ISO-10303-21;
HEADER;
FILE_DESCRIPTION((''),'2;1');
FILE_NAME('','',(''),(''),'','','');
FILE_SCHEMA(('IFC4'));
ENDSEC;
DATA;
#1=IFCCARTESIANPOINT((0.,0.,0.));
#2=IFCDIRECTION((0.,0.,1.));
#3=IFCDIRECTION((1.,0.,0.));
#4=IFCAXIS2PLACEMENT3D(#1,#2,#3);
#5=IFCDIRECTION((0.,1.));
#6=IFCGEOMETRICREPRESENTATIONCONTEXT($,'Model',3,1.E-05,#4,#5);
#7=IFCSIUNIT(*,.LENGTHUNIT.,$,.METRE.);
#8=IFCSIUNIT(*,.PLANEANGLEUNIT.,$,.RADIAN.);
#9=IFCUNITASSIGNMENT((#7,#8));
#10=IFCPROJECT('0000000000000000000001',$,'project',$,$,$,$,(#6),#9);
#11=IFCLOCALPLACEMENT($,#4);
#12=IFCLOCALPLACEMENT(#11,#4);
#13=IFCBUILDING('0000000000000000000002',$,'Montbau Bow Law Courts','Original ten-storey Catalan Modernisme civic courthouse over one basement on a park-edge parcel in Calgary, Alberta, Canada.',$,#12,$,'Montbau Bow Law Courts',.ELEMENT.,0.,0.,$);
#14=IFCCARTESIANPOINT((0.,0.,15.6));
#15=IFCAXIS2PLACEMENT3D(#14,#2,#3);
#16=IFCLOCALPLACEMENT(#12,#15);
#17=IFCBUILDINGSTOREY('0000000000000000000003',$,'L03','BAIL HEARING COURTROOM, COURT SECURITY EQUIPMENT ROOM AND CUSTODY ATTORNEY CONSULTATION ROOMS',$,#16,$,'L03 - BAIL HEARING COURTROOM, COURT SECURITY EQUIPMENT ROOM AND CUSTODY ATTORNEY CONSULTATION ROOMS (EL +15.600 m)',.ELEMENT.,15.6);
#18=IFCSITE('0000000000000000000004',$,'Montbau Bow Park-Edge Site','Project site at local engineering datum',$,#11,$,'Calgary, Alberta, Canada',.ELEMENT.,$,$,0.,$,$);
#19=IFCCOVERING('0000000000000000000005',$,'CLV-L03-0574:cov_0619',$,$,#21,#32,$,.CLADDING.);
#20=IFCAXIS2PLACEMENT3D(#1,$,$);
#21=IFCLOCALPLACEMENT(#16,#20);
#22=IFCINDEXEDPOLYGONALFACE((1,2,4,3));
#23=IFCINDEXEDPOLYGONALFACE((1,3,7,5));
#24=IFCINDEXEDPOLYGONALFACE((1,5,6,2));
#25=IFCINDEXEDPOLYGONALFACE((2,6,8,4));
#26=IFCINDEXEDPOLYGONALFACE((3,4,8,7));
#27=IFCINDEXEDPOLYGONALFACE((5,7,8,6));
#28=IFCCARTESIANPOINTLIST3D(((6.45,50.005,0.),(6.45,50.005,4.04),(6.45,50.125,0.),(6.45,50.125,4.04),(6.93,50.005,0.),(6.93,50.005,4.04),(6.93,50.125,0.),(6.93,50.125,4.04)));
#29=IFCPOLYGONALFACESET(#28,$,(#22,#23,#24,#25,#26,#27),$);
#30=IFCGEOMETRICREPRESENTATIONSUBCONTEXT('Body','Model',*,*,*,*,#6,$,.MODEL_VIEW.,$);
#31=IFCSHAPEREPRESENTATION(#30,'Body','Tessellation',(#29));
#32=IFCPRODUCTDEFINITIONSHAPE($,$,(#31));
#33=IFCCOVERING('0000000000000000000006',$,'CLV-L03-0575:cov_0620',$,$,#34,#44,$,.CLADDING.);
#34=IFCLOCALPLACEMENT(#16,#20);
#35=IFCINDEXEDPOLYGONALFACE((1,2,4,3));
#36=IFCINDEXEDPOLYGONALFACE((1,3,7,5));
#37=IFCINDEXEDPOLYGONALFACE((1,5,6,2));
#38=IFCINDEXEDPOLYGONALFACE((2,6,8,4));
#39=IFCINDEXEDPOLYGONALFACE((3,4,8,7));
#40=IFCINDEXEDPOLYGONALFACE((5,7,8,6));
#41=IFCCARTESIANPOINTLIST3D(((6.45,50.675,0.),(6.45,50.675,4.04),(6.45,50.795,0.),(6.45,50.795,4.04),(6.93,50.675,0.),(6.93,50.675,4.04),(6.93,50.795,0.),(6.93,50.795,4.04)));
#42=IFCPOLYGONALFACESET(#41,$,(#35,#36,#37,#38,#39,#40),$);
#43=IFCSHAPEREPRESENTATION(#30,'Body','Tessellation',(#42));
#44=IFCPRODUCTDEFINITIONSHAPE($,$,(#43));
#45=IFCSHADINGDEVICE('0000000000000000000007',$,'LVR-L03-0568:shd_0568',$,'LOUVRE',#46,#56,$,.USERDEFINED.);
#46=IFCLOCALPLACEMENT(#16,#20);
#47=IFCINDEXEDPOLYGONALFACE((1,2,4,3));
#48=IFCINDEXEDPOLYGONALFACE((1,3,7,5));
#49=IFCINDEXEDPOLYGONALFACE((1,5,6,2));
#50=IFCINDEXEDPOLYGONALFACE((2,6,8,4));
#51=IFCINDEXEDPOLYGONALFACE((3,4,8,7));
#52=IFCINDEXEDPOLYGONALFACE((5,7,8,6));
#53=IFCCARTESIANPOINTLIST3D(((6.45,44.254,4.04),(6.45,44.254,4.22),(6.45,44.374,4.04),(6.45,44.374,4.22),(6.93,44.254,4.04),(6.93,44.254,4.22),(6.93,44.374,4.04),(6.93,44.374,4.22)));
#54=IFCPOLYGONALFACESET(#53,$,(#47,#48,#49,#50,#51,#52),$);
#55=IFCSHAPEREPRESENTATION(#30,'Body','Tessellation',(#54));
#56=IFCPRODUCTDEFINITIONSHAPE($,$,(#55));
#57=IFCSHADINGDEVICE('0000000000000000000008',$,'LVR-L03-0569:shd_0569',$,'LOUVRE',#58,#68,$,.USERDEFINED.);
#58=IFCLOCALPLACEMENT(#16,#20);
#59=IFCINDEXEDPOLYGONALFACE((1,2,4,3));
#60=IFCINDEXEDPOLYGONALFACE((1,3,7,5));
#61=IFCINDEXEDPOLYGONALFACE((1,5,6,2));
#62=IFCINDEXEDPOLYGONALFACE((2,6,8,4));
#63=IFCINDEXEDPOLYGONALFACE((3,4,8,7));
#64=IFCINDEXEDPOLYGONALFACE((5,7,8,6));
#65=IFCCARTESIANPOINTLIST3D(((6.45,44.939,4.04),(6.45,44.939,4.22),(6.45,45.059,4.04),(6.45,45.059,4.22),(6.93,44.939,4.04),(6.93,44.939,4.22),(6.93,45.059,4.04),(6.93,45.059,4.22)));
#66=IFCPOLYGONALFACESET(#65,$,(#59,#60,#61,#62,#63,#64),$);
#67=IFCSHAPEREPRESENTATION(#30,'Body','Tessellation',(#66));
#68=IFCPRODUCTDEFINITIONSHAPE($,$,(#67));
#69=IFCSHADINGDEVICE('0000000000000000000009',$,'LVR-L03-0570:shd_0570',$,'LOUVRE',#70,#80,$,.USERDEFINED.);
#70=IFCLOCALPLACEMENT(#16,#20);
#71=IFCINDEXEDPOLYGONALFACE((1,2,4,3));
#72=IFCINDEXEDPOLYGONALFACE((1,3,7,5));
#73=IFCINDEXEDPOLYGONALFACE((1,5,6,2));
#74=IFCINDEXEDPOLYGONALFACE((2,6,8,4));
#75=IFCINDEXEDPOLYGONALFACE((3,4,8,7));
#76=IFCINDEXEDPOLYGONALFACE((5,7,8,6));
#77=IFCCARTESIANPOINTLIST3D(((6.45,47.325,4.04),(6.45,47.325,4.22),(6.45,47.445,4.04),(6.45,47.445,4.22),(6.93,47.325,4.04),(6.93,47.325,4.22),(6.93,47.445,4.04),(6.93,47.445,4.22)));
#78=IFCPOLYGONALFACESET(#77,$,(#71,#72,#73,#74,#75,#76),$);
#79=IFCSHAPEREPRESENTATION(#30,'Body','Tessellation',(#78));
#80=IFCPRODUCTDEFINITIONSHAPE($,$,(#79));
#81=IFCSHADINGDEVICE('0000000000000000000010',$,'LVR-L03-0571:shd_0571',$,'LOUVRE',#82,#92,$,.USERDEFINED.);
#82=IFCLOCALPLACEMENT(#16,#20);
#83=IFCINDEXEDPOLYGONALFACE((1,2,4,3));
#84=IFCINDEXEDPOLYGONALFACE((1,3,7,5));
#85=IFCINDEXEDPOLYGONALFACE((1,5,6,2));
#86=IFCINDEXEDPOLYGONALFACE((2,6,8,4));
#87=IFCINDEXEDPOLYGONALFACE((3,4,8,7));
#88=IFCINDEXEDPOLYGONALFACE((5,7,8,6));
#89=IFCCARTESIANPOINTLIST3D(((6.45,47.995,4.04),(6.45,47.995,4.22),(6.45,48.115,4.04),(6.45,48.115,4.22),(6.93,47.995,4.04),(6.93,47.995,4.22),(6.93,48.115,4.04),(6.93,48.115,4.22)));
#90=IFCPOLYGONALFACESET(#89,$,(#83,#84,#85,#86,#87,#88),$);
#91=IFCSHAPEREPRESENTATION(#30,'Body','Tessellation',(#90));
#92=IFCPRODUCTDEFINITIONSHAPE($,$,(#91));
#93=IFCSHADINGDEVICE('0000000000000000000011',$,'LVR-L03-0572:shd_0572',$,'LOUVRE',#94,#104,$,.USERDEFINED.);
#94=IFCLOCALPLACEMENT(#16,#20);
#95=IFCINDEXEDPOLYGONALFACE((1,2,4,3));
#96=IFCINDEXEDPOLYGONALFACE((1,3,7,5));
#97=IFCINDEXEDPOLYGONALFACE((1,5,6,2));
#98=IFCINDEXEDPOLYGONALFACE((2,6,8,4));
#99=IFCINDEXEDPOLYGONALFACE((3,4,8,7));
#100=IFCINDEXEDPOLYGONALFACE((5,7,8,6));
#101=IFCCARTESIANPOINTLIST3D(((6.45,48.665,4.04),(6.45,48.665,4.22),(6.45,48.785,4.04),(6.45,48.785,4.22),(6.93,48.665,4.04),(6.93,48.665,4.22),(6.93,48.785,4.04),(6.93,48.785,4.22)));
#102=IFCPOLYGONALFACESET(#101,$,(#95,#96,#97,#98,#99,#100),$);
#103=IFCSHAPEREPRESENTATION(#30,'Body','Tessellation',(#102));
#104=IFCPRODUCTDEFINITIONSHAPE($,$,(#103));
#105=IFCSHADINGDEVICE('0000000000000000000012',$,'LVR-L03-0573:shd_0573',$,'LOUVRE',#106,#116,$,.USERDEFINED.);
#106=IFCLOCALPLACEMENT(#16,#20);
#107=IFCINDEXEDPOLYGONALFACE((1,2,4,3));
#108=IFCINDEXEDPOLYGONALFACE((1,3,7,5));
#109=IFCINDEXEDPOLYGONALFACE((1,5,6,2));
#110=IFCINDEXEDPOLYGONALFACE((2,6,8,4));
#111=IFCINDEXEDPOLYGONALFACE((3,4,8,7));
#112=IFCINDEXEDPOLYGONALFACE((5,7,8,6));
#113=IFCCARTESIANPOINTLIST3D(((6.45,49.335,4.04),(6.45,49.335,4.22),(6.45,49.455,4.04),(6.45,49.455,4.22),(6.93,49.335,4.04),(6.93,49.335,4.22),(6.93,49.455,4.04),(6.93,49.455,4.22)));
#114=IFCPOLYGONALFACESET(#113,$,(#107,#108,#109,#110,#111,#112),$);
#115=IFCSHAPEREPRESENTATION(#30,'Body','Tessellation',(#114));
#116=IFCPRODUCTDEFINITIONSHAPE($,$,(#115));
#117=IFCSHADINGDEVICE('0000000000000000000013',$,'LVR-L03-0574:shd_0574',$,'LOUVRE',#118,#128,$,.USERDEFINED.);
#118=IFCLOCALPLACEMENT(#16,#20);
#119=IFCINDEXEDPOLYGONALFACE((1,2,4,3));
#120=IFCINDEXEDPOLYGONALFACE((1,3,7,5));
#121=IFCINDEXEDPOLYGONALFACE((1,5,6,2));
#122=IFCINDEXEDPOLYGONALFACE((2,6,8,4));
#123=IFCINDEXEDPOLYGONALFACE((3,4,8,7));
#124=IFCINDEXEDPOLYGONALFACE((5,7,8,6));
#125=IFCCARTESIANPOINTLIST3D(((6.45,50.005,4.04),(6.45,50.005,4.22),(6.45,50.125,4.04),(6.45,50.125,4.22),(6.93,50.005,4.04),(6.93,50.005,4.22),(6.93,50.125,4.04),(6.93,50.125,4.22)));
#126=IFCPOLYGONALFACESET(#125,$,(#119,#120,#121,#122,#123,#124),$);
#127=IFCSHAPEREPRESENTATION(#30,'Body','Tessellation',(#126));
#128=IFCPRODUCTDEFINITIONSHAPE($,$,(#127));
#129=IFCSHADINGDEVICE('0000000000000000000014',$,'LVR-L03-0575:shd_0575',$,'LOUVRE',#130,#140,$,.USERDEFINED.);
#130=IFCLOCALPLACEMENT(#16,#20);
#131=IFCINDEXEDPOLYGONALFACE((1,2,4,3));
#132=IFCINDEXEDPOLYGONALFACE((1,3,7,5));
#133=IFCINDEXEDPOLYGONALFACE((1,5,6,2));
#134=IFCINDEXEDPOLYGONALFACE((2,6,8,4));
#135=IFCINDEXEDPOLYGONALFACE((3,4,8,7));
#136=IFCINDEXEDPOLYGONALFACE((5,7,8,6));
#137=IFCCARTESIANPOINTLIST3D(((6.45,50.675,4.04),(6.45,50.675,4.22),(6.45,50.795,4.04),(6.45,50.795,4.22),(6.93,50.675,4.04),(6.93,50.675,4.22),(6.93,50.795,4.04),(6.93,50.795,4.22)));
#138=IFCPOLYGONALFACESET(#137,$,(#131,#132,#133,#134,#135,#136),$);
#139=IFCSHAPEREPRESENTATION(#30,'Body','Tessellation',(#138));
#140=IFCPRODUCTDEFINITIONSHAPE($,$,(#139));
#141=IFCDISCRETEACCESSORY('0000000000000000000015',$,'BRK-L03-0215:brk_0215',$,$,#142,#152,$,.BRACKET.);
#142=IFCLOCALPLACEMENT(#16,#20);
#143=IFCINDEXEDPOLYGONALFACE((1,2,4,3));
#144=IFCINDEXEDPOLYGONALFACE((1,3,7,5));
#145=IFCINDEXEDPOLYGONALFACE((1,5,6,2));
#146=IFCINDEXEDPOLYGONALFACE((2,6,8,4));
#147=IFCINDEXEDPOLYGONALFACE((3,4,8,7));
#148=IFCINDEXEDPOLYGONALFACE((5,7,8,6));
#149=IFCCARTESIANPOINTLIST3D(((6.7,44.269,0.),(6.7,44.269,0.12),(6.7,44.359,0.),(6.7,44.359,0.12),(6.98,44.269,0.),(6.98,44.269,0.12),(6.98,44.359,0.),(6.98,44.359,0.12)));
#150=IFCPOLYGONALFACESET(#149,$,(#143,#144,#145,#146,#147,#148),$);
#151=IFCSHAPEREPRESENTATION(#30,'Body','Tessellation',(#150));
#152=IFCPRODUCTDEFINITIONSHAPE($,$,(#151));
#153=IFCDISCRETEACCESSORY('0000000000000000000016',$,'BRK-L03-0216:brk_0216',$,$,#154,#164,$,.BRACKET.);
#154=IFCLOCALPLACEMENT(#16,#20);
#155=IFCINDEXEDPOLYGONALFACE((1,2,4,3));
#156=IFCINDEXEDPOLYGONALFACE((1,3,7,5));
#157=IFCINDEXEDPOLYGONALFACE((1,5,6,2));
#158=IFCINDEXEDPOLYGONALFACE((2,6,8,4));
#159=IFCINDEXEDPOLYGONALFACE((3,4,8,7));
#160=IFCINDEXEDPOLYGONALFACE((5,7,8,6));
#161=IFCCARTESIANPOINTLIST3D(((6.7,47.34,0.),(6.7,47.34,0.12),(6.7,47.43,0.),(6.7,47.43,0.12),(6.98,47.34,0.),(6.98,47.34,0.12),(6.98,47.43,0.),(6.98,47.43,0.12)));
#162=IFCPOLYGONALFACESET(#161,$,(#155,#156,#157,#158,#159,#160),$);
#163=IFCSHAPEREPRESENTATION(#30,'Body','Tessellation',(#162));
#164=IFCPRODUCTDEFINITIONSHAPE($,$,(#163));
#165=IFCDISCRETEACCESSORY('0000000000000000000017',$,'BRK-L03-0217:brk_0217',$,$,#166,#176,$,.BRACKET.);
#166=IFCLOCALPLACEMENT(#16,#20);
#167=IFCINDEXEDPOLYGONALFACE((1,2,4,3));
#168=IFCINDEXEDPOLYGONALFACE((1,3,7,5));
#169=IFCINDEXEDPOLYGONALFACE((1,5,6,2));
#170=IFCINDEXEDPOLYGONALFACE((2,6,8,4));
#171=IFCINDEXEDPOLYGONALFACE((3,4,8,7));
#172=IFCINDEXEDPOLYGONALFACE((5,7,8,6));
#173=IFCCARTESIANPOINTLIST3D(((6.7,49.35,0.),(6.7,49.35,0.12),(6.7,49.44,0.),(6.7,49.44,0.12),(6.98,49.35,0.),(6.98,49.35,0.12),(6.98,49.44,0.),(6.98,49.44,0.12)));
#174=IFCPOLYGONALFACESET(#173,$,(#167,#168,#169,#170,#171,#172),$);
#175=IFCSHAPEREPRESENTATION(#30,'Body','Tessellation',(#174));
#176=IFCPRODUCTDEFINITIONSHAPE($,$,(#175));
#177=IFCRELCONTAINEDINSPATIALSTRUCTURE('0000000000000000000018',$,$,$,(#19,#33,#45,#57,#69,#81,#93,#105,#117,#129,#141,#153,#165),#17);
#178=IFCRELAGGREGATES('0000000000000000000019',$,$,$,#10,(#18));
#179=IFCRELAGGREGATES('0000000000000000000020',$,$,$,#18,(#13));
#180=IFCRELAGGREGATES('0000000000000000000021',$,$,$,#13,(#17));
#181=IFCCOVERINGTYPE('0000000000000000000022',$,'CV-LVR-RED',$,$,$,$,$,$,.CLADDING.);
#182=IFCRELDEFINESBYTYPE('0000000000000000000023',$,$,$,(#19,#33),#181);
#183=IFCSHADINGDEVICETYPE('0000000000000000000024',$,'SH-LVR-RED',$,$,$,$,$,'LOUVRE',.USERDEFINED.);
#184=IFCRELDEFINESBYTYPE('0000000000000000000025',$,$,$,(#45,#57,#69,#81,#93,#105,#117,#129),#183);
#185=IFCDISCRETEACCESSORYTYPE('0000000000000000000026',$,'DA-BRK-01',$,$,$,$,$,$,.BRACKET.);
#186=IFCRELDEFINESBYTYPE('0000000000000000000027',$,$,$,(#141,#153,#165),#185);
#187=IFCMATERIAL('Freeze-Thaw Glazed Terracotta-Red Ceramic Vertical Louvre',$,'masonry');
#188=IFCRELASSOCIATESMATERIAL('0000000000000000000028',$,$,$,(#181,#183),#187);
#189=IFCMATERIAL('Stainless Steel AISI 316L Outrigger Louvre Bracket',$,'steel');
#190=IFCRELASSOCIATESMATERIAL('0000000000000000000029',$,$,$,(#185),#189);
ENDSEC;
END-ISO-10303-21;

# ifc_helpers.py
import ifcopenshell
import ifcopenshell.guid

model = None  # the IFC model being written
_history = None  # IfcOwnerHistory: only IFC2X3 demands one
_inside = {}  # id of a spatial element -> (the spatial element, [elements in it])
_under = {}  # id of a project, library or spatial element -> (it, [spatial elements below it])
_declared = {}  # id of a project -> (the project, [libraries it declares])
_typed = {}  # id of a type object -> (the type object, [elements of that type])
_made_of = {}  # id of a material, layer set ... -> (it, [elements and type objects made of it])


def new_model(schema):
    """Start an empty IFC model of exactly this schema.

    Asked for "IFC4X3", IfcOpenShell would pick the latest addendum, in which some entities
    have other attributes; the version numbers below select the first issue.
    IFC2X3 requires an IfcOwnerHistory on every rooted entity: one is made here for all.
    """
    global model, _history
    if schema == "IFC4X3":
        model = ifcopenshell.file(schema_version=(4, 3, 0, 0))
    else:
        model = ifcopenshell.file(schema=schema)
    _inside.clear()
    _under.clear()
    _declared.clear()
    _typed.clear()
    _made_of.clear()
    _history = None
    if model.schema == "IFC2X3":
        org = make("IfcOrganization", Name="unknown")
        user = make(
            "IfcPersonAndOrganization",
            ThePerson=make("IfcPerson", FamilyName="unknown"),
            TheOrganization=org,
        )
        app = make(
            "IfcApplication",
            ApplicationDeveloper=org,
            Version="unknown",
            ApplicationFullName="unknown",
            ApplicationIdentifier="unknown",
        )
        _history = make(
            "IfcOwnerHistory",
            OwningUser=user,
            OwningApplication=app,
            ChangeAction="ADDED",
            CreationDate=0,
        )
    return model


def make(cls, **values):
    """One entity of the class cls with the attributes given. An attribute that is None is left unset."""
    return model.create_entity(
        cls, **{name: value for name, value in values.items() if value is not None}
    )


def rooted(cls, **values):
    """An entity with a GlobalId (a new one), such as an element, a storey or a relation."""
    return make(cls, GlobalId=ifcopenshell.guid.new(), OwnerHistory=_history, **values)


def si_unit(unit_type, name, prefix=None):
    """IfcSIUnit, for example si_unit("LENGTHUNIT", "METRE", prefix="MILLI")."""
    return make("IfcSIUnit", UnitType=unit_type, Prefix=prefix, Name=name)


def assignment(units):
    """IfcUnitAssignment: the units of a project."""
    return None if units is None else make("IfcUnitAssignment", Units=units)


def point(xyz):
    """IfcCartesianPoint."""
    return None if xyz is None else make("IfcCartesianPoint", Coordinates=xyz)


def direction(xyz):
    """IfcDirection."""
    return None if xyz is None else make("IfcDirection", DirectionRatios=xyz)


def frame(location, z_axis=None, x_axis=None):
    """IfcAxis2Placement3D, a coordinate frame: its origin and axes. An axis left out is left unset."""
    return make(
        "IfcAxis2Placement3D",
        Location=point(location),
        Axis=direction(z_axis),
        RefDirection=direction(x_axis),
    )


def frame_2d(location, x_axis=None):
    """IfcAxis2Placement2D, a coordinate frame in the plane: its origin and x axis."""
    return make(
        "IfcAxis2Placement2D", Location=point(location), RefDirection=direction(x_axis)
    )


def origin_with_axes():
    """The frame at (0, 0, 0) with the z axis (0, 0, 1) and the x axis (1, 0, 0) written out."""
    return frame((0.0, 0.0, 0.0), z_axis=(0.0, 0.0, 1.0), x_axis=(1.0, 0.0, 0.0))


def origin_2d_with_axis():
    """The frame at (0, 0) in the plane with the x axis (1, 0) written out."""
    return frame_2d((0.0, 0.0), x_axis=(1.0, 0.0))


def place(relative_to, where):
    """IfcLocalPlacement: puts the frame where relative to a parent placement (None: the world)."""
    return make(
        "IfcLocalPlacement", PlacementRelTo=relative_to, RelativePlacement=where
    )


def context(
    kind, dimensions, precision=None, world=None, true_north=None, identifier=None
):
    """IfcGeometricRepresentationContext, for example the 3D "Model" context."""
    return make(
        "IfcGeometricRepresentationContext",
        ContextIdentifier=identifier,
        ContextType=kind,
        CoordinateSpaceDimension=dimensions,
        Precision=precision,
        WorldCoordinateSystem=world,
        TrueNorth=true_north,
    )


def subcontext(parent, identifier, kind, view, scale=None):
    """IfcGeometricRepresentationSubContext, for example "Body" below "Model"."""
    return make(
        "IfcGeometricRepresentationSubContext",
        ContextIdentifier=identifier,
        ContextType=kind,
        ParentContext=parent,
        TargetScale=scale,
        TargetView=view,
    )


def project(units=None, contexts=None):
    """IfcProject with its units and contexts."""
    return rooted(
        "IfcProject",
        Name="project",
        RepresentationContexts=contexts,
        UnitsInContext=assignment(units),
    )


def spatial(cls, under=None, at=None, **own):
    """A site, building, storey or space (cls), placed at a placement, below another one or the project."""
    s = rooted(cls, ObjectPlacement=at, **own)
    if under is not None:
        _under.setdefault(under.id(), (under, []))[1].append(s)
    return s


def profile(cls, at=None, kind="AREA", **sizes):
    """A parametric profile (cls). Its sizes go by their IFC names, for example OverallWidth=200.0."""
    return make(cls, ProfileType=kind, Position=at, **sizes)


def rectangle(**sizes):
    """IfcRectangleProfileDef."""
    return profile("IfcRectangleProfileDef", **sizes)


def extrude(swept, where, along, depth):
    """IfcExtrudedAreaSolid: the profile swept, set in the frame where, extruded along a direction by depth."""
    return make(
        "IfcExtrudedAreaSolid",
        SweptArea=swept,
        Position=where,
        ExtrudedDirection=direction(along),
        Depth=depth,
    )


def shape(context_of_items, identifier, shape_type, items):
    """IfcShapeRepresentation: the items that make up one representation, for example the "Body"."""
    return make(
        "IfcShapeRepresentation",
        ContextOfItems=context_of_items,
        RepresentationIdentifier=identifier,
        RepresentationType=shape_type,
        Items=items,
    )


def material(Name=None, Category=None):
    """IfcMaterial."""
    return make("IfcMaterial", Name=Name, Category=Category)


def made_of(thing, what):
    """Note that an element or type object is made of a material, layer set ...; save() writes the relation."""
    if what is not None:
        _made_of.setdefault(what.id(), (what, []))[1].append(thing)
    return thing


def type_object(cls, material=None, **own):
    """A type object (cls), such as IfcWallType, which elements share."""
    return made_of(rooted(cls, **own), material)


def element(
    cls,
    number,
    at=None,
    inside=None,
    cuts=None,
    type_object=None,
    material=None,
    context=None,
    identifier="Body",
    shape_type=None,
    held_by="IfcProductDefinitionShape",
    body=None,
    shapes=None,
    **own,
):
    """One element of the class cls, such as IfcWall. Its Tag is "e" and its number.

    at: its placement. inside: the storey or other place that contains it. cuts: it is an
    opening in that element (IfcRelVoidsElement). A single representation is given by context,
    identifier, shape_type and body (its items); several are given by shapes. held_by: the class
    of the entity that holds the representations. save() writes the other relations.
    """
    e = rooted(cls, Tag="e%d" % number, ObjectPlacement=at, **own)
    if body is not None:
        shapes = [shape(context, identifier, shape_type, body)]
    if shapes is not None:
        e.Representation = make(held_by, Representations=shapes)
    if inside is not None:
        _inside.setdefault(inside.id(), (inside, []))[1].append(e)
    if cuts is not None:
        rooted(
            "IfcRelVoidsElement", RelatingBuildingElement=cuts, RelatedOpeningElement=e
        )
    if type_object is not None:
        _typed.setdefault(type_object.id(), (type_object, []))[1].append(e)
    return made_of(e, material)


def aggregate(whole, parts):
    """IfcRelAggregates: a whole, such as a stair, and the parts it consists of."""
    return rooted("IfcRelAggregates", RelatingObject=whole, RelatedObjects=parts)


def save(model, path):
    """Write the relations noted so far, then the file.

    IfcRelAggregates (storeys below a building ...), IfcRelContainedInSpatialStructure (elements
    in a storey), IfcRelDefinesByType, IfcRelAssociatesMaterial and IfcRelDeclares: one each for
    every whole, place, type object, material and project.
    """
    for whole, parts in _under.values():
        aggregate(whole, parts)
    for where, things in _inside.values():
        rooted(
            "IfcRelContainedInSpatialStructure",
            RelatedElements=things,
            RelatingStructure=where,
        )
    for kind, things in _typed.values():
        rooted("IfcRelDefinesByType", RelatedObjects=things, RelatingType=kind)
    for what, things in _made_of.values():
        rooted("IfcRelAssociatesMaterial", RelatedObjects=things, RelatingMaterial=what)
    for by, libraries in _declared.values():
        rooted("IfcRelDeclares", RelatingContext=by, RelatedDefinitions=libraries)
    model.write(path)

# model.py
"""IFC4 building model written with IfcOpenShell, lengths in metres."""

from ifc_helpers import new_model, si_unit, direction, frame, frame_2d, origin_with_axes, origin_2d_with_axis, place, context, subcontext, project, spatial, rectangle, extrude, material, type_object, element, save


model = new_model("IFC4")

# Units and contexts
model_context = context("Model", 3, precision=1e-05, world=origin_with_axes(), true_north=direction((0.0, 1.0)))
body_context = subcontext(model_context, "Body", "Model", "MODEL_VIEW")
ifc_project = project(units=[si_unit("LENGTHUNIT", "METRE"), si_unit("PLANEANGLEUNIT", "RADIAN")], contexts=[model_context])

# Site, building, storey
site_placement = place(None, origin_with_axes())
site = spatial("IfcSite", under=ifc_project, at=site_placement, Name="Montbau Bow Park-Edge Site", Description="Project site at local engineering datum", LongName="Calgary, Alberta, Canada", CompositionType="ELEMENT", RefElevation=0.0)
building_placement = place(site_placement, origin_with_axes())
building = spatial("IfcBuilding", under=site, at=building_placement, Name="Montbau Bow Law Courts", Description="Original ten-storey Catalan Modernisme civic courthouse over one basement on a park-edge parcel in Calgary, Alberta, Canada.", LongName="Montbau Bow Law Courts", CompositionType="ELEMENT", ElevationOfRefHeight=0.0, ElevationOfTerrain=0.0)
storey_placement = place(building_placement, frame((0.0, 0.0, 15.6), z_axis=(0.0, 0.0, 1.0), x_axis=(1.0, 0.0, 0.0)))
storey = spatial("IfcBuildingStorey", under=building, at=storey_placement, Name="L03", Description="BAIL HEARING COURTROOM, COURT SECURITY EQUIPMENT ROOM AND CUSTODY ATTORNEY CONSULTATION ROOMS", LongName="L03 - BAIL HEARING COURTROOM, COURT SECURITY EQUIPMENT ROOM AND CUSTODY ATTORNEY CONSULTATION ROOMS (EL +15.600 m)", CompositionType="ELEMENT", Elevation=15.6)

# Coverings
ifc_material_1 = material(Name="Freeze-Thaw Glazed Terracotta-Red Ceramic Vertical Louvre", Category="masonry")
covering_type = type_object("IfcCoveringType", Name="CV-LVR-RED", PredefinedType="CLADDING", material=ifc_material_1)
for number, where, z_axis, x_axis, name in (
    (1, (6.93, 50.065, 15.6), (0.0, 1.0, 0.0), (-1.0, 0.0, 0.0), "CLV-L03-0574:cov_0619"),
    (2, (6.93, 50.735, 15.6), (0.0, 1.0, 0.0), (-1.0, 0.0, 0.0), "CLV-L03-0575:cov_0620"),
):
    element("IfcCovering", number, at=place(None, frame(where, z_axis=z_axis, x_axis=x_axis)), inside=storey, type_object=covering_type, Name=name, PredefinedType="CLADDING", context=body_context, shape_type="SweptSolid", body=[
        extrude(rectangle(XDim=0.48, YDim=4.04, at=frame_2d((0.24, 2.02), x_axis=(1.0, 0.0))), frame((0.0, 0.0, -0.06), z_axis=(0.0, 0.0, 1.0), x_axis=(1.0, 0.0, 0.0)), (0.0, 0.0, 1.0), 0.12),
    ])

# Shading devices
shading_device_type = type_object("IfcShadingDeviceType", Name="SH-LVR-RED", ElementType="LOUVRE", PredefinedType="USERDEFINED", material=ifc_material_1)
for number, where, z_axis, x_axis, name in (
    (3, (6.69, 44.314, 19.64), (0.0, 0.0, 1.0), (-1.0, 0.0, 0.0), "LVR-L03-0568:shd_0568"),
    (4, (6.69, 44.999, 19.64), (0.0, 0.0, 1.0), (-1.0, 0.0, 0.0), "LVR-L03-0569:shd_0569"),
    (5, (6.69, 47.385, 19.64), (0.0, 0.0, 1.0), (-1.0, 0.0, 0.0), "LVR-L03-0570:shd_0570"),
    (6, (6.69, 48.055, 19.64), (0.0, 0.0, 1.0), (-1.0, 0.0, 0.0), "LVR-L03-0571:shd_0571"),
    (7, (6.69, 48.725, 19.64), (0.0, 0.0, 1.0), (-1.0, 0.0, 0.0), "LVR-L03-0572:shd_0572"),
    (8, (6.69, 49.395, 19.64), (0.0, 0.0, 1.0), (-1.0, 0.0, 0.0), "LVR-L03-0573:shd_0573"),
    (9, (6.69, 50.065, 19.64), (0.0, 0.0, 1.0), (-1.0, 0.0, 0.0), "LVR-L03-0574:shd_0574"),
    (10, (6.69, 50.735, 19.64), (0.0, 0.0, 1.0), (-1.0, 0.0, 0.0), "LVR-L03-0575:shd_0575"),
):
    element("IfcShadingDevice", number, at=place(None, frame(where, z_axis=z_axis, x_axis=x_axis)), inside=storey, type_object=shading_device_type, Name=name, ObjectType="LOUVRE", PredefinedType="USERDEFINED", context=body_context, shape_type="SweptSolid", body=[
        extrude(rectangle(XDim=0.48, YDim=0.12, at=origin_2d_with_axis()), origin_with_axes(), (0.0, 0.0, 1.0), 0.18),
    ])

# Discrete accessories
ifc_material_2 = material(Name="Stainless Steel AISI 316L Outrigger Louvre Bracket", Category="steel")
discrete_accessory_type = type_object("IfcDiscreteAccessoryType", Name="DA-BRK-01", PredefinedType="BRACKET", material=ifc_material_2)
for number, where, z_axis, x_axis, name in (
    (11, (6.84, 44.314, 15.6), (0.0, 0.0, 1.0), (-1.0, 0.0, 0.0), "BRK-L03-0215:brk_0215"),
    (12, (6.84, 47.385, 15.6), (0.0, 0.0, 1.0), (-1.0, 0.0, 0.0), "BRK-L03-0216:brk_0216"),
    (13, (6.84, 49.395, 15.6), (0.0, 0.0, 1.0), (-1.0, 0.0, 0.0), "BRK-L03-0217:brk_0217"),
):
    element("IfcDiscreteAccessory", number, at=place(None, frame(where, z_axis=z_axis, x_axis=x_axis)), inside=storey, type_object=discrete_accessory_type, Name=name, PredefinedType="BRACKET", context=body_context, shape_type="SweptSolid", body=[
        extrude(rectangle(XDim=0.28, YDim=0.09, at=origin_2d_with_axis()), origin_with_axes(), (0.0, 0.0, 1.0), 0.12),
    ])

save(model, "model.ifc")
